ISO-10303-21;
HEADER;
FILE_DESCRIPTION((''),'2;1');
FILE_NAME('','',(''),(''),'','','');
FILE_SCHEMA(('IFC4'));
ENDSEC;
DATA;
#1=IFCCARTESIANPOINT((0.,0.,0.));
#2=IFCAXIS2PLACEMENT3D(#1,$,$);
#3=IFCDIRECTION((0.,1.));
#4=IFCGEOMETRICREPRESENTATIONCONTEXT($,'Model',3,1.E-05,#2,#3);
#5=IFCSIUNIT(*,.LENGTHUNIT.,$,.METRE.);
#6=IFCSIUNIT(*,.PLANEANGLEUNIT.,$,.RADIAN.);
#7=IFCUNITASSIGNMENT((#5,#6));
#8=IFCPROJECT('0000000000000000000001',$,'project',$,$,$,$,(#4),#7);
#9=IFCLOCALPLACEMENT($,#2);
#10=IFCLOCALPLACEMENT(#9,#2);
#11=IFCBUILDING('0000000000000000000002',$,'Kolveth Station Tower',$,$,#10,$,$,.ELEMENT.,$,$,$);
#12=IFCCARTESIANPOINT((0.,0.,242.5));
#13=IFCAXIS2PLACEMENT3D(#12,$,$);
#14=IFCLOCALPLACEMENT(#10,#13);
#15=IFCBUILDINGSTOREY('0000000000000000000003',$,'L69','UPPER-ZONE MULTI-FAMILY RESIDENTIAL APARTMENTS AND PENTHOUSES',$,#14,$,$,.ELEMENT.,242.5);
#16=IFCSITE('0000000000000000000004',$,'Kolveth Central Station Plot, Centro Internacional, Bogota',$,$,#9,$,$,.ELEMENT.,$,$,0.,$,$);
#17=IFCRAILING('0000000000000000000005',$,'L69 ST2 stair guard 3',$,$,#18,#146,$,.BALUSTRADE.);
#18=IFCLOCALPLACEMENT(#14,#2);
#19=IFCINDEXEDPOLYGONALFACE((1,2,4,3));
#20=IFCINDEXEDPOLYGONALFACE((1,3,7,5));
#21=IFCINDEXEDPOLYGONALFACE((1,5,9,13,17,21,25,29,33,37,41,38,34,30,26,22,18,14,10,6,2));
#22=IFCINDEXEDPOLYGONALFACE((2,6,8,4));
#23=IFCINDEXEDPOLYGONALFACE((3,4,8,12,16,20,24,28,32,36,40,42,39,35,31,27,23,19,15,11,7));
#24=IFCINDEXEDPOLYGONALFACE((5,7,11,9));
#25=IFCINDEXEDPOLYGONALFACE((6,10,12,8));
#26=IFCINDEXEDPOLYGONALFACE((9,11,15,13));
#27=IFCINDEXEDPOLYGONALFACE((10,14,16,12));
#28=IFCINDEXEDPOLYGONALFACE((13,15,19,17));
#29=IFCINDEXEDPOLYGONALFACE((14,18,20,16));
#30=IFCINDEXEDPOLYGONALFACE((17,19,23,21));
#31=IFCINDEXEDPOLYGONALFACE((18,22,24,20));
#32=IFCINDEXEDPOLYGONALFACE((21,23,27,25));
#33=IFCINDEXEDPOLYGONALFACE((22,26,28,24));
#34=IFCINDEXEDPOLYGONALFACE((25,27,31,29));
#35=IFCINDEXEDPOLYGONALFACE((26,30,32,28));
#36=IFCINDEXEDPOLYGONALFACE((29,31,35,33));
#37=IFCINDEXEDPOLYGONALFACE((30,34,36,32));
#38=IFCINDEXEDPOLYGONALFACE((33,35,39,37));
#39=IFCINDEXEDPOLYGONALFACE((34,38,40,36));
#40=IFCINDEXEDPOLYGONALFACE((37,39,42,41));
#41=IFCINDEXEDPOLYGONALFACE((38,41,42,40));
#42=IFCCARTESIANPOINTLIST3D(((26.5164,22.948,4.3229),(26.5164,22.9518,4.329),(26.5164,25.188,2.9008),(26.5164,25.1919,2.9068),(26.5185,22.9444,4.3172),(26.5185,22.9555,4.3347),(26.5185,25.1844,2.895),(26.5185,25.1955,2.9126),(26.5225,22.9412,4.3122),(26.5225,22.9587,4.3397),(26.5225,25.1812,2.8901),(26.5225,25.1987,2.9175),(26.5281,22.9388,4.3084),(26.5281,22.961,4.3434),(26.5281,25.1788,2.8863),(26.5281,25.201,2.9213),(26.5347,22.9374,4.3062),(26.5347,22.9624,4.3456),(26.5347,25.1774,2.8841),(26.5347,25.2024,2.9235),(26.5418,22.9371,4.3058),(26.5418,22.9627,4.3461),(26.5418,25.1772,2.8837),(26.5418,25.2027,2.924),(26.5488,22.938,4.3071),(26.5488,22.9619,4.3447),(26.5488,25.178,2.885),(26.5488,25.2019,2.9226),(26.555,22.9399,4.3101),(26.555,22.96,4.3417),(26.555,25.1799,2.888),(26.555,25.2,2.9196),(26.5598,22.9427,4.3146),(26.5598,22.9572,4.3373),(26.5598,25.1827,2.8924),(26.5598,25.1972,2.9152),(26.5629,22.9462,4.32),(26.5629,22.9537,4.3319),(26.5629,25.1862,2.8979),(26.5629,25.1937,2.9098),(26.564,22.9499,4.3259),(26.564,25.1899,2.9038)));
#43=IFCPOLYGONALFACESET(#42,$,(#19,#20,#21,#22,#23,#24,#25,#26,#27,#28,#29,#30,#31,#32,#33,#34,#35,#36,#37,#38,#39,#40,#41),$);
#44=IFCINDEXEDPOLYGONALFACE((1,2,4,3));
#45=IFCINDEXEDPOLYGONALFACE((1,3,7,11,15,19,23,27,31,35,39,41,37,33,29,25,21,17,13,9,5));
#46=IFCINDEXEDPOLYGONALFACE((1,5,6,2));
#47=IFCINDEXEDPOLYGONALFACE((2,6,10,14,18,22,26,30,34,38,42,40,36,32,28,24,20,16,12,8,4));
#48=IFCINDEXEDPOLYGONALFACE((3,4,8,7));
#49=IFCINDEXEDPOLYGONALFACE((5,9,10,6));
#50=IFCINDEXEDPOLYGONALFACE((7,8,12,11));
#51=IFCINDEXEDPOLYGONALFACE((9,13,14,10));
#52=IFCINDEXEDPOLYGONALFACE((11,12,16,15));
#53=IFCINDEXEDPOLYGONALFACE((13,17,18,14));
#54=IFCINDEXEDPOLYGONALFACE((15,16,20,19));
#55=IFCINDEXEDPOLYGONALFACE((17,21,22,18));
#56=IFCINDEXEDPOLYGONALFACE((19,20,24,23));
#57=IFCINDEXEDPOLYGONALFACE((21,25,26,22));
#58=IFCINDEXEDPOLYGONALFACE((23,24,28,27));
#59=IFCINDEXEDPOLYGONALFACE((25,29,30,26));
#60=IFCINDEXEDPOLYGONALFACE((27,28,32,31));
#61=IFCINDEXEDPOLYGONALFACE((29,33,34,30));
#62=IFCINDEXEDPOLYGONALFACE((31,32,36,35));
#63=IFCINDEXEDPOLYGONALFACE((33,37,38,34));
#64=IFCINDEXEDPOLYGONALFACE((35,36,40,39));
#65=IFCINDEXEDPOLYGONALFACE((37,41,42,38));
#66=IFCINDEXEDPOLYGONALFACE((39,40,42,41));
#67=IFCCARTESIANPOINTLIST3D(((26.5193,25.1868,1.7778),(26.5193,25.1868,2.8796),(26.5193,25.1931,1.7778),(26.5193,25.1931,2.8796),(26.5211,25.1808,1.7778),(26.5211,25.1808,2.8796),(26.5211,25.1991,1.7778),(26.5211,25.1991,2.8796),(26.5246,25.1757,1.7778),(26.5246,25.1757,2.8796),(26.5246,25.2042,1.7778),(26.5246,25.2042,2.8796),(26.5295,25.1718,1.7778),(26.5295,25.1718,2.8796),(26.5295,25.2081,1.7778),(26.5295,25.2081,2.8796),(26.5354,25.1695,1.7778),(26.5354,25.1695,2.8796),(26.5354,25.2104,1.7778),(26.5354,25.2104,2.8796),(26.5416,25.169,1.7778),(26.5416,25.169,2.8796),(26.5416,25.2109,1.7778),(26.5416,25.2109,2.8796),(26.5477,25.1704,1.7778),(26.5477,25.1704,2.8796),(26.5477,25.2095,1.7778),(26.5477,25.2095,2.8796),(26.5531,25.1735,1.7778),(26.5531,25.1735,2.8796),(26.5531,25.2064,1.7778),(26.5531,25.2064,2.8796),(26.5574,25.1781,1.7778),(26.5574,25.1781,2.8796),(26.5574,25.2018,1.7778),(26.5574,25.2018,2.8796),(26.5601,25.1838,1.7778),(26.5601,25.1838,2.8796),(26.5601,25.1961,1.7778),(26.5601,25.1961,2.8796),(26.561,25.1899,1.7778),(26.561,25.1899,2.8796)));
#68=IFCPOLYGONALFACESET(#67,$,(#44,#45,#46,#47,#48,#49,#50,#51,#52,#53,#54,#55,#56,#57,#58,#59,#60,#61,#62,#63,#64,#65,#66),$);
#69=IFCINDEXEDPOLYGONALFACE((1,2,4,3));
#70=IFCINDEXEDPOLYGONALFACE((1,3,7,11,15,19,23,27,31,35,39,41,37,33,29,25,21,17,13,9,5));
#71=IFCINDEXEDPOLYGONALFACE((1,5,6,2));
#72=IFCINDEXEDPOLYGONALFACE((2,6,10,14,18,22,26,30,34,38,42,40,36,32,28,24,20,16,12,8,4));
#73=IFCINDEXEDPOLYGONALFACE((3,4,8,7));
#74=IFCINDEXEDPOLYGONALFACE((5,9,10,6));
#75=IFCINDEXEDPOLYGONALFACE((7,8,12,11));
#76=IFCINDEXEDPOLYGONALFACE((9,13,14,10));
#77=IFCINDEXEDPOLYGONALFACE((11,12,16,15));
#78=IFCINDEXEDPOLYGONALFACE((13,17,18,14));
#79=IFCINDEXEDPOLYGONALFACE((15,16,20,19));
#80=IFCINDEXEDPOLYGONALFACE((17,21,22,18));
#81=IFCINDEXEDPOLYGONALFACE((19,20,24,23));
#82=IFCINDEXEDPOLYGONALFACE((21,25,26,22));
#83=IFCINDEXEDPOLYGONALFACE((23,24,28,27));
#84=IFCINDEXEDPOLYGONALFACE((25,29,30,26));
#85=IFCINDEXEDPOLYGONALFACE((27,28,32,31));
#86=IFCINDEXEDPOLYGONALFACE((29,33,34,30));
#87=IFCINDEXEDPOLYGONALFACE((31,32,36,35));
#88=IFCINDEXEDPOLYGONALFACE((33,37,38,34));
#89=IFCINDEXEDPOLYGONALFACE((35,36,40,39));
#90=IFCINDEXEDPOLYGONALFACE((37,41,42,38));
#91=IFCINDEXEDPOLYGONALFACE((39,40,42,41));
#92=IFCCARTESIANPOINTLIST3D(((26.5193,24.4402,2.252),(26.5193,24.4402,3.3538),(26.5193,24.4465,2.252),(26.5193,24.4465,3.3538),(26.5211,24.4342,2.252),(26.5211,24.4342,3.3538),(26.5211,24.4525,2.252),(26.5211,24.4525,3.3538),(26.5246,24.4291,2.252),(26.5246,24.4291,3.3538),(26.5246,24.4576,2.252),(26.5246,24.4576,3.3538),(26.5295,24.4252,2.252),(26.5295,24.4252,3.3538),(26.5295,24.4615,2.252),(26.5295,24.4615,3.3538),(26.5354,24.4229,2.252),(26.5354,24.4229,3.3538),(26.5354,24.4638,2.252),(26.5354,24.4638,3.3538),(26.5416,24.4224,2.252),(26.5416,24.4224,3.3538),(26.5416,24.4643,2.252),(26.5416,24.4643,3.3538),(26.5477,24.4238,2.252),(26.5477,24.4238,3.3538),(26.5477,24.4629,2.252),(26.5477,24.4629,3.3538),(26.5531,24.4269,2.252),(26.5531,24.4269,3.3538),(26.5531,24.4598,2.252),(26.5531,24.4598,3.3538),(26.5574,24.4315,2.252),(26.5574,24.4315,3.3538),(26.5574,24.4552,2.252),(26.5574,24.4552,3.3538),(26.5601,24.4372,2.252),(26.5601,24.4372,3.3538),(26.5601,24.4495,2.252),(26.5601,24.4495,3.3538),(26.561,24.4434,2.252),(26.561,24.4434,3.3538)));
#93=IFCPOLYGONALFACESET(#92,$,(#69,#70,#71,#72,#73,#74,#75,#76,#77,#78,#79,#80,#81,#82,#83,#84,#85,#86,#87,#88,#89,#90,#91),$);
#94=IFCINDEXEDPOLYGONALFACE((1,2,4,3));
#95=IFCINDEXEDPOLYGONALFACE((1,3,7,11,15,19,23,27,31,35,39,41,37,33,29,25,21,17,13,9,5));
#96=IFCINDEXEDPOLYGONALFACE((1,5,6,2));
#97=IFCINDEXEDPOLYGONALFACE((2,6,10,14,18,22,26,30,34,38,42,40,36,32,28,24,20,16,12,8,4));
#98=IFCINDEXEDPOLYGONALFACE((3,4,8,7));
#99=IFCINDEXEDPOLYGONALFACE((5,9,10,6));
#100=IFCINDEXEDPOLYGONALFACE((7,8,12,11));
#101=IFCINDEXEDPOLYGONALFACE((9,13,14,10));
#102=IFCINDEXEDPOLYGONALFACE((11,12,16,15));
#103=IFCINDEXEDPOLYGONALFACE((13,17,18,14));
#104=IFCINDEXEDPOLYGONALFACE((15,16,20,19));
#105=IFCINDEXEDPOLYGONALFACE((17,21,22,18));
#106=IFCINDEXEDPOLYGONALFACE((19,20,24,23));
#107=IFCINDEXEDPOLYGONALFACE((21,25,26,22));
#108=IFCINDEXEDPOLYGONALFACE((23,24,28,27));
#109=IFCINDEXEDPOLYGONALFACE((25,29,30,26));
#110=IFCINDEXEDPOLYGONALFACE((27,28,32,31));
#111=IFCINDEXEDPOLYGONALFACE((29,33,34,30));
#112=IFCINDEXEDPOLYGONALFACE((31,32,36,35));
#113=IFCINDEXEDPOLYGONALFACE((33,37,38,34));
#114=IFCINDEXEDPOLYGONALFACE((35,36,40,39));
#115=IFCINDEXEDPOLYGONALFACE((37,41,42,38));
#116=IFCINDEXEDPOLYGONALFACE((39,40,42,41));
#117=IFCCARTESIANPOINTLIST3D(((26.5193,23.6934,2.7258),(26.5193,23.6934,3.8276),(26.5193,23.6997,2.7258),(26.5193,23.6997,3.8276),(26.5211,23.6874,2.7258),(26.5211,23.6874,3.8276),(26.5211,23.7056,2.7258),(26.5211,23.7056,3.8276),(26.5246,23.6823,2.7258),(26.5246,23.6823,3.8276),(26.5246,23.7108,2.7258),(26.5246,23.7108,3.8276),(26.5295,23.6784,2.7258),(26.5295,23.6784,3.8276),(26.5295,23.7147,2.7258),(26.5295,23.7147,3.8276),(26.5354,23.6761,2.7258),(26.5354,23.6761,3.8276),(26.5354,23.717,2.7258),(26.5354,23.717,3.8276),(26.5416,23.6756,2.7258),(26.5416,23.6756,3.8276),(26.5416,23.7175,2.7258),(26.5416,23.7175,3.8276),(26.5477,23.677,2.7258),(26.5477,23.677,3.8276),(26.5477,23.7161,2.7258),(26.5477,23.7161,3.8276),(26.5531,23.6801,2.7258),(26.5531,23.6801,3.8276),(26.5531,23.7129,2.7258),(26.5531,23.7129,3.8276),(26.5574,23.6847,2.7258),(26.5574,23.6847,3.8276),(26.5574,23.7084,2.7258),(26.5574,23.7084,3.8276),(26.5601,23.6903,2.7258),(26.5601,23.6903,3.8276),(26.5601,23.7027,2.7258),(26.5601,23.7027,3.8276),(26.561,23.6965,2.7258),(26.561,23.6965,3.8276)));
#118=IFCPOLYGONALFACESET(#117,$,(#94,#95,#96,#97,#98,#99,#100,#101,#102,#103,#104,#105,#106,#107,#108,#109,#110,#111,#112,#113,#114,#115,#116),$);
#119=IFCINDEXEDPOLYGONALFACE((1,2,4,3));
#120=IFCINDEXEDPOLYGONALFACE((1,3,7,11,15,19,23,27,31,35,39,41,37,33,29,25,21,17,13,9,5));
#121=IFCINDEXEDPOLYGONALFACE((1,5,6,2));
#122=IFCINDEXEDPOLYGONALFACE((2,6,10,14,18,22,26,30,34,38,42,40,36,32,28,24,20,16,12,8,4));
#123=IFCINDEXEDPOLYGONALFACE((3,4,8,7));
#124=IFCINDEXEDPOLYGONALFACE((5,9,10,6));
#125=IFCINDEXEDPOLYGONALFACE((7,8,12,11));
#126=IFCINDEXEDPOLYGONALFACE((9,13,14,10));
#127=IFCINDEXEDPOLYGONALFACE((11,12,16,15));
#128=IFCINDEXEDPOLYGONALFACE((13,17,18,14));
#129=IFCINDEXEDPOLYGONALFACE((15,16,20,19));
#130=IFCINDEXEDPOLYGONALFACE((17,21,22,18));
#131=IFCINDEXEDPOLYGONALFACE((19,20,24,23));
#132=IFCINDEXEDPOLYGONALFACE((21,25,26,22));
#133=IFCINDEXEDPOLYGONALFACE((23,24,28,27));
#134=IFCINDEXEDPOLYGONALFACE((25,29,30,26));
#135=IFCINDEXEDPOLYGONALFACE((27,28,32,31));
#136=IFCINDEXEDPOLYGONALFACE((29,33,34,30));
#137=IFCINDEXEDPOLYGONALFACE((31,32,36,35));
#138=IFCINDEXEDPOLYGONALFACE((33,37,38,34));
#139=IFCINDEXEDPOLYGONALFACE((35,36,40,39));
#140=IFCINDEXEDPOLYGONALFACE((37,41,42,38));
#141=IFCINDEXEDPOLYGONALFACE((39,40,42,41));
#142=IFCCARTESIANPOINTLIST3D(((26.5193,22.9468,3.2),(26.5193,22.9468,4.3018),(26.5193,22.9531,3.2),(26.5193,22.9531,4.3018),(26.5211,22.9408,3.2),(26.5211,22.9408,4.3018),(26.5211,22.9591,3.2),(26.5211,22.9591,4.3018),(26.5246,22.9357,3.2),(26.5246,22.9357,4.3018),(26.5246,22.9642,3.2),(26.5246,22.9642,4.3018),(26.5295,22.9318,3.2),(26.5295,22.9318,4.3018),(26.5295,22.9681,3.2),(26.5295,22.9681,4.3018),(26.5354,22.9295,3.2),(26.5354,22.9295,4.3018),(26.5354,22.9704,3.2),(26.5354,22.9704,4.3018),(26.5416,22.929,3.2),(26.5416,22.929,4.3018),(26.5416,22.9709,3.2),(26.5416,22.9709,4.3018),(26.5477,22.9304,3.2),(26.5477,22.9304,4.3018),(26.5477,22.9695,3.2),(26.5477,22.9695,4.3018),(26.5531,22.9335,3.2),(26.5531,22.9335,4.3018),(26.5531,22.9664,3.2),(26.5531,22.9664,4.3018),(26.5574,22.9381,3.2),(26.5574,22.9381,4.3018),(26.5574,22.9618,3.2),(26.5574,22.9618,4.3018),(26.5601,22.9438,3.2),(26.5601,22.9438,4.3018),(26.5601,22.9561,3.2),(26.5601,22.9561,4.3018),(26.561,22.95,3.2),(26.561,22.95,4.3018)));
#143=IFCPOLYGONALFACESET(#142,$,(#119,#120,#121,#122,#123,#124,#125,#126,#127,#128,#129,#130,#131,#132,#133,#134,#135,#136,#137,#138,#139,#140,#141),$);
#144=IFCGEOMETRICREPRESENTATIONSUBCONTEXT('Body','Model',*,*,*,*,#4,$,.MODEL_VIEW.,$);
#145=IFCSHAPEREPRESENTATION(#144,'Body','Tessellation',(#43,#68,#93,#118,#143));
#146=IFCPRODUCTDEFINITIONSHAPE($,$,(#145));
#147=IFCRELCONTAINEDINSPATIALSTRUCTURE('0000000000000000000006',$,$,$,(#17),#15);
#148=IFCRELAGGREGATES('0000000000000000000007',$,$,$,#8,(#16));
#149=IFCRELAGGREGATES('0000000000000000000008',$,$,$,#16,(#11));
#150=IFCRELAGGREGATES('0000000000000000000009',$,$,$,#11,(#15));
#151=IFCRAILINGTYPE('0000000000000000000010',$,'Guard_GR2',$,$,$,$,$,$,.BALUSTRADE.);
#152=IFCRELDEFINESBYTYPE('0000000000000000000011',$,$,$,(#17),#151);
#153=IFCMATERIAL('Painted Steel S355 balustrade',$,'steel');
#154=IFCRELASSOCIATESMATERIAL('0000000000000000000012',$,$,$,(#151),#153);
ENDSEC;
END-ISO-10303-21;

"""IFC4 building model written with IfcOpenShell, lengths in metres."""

from ifc_helpers import new_model, si_unit, direction, frame, origin, origin_2d, place, context, subcontext, project, spatial, circle, extrude, material, type_object, element, save


model = new_model("IFC4")

# Units and contexts
model_context = context("Model", 3, precision=1e-05, world=origin(), true_north=direction((0.0, 1.0)))
body_context = subcontext(model_context, "Body", "Model", "MODEL_VIEW")
ifc_project = project(units=[si_unit("LENGTHUNIT", "METRE"), si_unit("PLANEANGLEUNIT", "RADIAN")], contexts=[model_context])

# Site, building, storey
site_placement = place(None, origin())
site = spatial("IfcSite", under=ifc_project, at=site_placement, Name="Kolveth Central Station Plot, Centro Internacional, Bogota", CompositionType="ELEMENT", RefElevation=0.0)
building_placement = place(site_placement, origin())
building = spatial("IfcBuilding", under=site, at=building_placement, Name="Kolveth Station Tower", CompositionType="ELEMENT")
storey_placement = place(building_placement, frame((0.0, 0.0, 242.5)))
storey = spatial("IfcBuildingStorey", under=building, at=storey_placement, Name="L69", Description="UPPER-ZONE MULTI-FAMILY RESIDENTIAL APARTMENTS AND PENTHOUSES", CompositionType="ELEMENT", Elevation=242.5)

# Railing
ifc_material_1 = material(Name="Painted Steel S355 balustrade", Category="steel")
railing_type_1 = type_object("IfcRailingType", Name="Guard_GR2", PredefinedType="BALUSTRADE", material=ifc_material_1)
railing_1_placement = place(storey_placement, frame((26.54, 25.1899, 1.7778)))
element("IfcRailing", 1, at=railing_1_placement, inside=storey, type_object=railing_type_1, Name="L69 ST2 stair guard 3", PredefinedType="BALUSTRADE", context=body_context, shape_type="SweptSolid", body=[
    extrude(circle(Radius=0.0239, at=origin_2d()), frame((0.0, 0.0, 1.126), z_axis=(0.0, -0.844229, 0.535982), x_axis=(1.0, 0.0, 0.0)), (0.0, 0.0, 1.0), 2.6533),
    extrude(circle(Radius=0.021, at=origin_2d()), origin(), (0.0, 0.0, 1.0), 1.1018),
    extrude(circle(Radius=0.021, at=origin_2d()), frame((0.0, -0.7466, 0.4741)), (0.0, 0.0, 1.0), 1.1018),
    extrude(circle(Radius=0.021, at=origin_2d()), frame((0.0, -1.4934, 0.948)), (0.0, 0.0, 1.0), 1.1018),
    extrude(circle(Radius=0.021, at=origin_2d()), frame((0.0, -2.24, 1.4221)), (0.0, 0.0, 1.0), 1.1018),
])

save(model, "model.ifc")
